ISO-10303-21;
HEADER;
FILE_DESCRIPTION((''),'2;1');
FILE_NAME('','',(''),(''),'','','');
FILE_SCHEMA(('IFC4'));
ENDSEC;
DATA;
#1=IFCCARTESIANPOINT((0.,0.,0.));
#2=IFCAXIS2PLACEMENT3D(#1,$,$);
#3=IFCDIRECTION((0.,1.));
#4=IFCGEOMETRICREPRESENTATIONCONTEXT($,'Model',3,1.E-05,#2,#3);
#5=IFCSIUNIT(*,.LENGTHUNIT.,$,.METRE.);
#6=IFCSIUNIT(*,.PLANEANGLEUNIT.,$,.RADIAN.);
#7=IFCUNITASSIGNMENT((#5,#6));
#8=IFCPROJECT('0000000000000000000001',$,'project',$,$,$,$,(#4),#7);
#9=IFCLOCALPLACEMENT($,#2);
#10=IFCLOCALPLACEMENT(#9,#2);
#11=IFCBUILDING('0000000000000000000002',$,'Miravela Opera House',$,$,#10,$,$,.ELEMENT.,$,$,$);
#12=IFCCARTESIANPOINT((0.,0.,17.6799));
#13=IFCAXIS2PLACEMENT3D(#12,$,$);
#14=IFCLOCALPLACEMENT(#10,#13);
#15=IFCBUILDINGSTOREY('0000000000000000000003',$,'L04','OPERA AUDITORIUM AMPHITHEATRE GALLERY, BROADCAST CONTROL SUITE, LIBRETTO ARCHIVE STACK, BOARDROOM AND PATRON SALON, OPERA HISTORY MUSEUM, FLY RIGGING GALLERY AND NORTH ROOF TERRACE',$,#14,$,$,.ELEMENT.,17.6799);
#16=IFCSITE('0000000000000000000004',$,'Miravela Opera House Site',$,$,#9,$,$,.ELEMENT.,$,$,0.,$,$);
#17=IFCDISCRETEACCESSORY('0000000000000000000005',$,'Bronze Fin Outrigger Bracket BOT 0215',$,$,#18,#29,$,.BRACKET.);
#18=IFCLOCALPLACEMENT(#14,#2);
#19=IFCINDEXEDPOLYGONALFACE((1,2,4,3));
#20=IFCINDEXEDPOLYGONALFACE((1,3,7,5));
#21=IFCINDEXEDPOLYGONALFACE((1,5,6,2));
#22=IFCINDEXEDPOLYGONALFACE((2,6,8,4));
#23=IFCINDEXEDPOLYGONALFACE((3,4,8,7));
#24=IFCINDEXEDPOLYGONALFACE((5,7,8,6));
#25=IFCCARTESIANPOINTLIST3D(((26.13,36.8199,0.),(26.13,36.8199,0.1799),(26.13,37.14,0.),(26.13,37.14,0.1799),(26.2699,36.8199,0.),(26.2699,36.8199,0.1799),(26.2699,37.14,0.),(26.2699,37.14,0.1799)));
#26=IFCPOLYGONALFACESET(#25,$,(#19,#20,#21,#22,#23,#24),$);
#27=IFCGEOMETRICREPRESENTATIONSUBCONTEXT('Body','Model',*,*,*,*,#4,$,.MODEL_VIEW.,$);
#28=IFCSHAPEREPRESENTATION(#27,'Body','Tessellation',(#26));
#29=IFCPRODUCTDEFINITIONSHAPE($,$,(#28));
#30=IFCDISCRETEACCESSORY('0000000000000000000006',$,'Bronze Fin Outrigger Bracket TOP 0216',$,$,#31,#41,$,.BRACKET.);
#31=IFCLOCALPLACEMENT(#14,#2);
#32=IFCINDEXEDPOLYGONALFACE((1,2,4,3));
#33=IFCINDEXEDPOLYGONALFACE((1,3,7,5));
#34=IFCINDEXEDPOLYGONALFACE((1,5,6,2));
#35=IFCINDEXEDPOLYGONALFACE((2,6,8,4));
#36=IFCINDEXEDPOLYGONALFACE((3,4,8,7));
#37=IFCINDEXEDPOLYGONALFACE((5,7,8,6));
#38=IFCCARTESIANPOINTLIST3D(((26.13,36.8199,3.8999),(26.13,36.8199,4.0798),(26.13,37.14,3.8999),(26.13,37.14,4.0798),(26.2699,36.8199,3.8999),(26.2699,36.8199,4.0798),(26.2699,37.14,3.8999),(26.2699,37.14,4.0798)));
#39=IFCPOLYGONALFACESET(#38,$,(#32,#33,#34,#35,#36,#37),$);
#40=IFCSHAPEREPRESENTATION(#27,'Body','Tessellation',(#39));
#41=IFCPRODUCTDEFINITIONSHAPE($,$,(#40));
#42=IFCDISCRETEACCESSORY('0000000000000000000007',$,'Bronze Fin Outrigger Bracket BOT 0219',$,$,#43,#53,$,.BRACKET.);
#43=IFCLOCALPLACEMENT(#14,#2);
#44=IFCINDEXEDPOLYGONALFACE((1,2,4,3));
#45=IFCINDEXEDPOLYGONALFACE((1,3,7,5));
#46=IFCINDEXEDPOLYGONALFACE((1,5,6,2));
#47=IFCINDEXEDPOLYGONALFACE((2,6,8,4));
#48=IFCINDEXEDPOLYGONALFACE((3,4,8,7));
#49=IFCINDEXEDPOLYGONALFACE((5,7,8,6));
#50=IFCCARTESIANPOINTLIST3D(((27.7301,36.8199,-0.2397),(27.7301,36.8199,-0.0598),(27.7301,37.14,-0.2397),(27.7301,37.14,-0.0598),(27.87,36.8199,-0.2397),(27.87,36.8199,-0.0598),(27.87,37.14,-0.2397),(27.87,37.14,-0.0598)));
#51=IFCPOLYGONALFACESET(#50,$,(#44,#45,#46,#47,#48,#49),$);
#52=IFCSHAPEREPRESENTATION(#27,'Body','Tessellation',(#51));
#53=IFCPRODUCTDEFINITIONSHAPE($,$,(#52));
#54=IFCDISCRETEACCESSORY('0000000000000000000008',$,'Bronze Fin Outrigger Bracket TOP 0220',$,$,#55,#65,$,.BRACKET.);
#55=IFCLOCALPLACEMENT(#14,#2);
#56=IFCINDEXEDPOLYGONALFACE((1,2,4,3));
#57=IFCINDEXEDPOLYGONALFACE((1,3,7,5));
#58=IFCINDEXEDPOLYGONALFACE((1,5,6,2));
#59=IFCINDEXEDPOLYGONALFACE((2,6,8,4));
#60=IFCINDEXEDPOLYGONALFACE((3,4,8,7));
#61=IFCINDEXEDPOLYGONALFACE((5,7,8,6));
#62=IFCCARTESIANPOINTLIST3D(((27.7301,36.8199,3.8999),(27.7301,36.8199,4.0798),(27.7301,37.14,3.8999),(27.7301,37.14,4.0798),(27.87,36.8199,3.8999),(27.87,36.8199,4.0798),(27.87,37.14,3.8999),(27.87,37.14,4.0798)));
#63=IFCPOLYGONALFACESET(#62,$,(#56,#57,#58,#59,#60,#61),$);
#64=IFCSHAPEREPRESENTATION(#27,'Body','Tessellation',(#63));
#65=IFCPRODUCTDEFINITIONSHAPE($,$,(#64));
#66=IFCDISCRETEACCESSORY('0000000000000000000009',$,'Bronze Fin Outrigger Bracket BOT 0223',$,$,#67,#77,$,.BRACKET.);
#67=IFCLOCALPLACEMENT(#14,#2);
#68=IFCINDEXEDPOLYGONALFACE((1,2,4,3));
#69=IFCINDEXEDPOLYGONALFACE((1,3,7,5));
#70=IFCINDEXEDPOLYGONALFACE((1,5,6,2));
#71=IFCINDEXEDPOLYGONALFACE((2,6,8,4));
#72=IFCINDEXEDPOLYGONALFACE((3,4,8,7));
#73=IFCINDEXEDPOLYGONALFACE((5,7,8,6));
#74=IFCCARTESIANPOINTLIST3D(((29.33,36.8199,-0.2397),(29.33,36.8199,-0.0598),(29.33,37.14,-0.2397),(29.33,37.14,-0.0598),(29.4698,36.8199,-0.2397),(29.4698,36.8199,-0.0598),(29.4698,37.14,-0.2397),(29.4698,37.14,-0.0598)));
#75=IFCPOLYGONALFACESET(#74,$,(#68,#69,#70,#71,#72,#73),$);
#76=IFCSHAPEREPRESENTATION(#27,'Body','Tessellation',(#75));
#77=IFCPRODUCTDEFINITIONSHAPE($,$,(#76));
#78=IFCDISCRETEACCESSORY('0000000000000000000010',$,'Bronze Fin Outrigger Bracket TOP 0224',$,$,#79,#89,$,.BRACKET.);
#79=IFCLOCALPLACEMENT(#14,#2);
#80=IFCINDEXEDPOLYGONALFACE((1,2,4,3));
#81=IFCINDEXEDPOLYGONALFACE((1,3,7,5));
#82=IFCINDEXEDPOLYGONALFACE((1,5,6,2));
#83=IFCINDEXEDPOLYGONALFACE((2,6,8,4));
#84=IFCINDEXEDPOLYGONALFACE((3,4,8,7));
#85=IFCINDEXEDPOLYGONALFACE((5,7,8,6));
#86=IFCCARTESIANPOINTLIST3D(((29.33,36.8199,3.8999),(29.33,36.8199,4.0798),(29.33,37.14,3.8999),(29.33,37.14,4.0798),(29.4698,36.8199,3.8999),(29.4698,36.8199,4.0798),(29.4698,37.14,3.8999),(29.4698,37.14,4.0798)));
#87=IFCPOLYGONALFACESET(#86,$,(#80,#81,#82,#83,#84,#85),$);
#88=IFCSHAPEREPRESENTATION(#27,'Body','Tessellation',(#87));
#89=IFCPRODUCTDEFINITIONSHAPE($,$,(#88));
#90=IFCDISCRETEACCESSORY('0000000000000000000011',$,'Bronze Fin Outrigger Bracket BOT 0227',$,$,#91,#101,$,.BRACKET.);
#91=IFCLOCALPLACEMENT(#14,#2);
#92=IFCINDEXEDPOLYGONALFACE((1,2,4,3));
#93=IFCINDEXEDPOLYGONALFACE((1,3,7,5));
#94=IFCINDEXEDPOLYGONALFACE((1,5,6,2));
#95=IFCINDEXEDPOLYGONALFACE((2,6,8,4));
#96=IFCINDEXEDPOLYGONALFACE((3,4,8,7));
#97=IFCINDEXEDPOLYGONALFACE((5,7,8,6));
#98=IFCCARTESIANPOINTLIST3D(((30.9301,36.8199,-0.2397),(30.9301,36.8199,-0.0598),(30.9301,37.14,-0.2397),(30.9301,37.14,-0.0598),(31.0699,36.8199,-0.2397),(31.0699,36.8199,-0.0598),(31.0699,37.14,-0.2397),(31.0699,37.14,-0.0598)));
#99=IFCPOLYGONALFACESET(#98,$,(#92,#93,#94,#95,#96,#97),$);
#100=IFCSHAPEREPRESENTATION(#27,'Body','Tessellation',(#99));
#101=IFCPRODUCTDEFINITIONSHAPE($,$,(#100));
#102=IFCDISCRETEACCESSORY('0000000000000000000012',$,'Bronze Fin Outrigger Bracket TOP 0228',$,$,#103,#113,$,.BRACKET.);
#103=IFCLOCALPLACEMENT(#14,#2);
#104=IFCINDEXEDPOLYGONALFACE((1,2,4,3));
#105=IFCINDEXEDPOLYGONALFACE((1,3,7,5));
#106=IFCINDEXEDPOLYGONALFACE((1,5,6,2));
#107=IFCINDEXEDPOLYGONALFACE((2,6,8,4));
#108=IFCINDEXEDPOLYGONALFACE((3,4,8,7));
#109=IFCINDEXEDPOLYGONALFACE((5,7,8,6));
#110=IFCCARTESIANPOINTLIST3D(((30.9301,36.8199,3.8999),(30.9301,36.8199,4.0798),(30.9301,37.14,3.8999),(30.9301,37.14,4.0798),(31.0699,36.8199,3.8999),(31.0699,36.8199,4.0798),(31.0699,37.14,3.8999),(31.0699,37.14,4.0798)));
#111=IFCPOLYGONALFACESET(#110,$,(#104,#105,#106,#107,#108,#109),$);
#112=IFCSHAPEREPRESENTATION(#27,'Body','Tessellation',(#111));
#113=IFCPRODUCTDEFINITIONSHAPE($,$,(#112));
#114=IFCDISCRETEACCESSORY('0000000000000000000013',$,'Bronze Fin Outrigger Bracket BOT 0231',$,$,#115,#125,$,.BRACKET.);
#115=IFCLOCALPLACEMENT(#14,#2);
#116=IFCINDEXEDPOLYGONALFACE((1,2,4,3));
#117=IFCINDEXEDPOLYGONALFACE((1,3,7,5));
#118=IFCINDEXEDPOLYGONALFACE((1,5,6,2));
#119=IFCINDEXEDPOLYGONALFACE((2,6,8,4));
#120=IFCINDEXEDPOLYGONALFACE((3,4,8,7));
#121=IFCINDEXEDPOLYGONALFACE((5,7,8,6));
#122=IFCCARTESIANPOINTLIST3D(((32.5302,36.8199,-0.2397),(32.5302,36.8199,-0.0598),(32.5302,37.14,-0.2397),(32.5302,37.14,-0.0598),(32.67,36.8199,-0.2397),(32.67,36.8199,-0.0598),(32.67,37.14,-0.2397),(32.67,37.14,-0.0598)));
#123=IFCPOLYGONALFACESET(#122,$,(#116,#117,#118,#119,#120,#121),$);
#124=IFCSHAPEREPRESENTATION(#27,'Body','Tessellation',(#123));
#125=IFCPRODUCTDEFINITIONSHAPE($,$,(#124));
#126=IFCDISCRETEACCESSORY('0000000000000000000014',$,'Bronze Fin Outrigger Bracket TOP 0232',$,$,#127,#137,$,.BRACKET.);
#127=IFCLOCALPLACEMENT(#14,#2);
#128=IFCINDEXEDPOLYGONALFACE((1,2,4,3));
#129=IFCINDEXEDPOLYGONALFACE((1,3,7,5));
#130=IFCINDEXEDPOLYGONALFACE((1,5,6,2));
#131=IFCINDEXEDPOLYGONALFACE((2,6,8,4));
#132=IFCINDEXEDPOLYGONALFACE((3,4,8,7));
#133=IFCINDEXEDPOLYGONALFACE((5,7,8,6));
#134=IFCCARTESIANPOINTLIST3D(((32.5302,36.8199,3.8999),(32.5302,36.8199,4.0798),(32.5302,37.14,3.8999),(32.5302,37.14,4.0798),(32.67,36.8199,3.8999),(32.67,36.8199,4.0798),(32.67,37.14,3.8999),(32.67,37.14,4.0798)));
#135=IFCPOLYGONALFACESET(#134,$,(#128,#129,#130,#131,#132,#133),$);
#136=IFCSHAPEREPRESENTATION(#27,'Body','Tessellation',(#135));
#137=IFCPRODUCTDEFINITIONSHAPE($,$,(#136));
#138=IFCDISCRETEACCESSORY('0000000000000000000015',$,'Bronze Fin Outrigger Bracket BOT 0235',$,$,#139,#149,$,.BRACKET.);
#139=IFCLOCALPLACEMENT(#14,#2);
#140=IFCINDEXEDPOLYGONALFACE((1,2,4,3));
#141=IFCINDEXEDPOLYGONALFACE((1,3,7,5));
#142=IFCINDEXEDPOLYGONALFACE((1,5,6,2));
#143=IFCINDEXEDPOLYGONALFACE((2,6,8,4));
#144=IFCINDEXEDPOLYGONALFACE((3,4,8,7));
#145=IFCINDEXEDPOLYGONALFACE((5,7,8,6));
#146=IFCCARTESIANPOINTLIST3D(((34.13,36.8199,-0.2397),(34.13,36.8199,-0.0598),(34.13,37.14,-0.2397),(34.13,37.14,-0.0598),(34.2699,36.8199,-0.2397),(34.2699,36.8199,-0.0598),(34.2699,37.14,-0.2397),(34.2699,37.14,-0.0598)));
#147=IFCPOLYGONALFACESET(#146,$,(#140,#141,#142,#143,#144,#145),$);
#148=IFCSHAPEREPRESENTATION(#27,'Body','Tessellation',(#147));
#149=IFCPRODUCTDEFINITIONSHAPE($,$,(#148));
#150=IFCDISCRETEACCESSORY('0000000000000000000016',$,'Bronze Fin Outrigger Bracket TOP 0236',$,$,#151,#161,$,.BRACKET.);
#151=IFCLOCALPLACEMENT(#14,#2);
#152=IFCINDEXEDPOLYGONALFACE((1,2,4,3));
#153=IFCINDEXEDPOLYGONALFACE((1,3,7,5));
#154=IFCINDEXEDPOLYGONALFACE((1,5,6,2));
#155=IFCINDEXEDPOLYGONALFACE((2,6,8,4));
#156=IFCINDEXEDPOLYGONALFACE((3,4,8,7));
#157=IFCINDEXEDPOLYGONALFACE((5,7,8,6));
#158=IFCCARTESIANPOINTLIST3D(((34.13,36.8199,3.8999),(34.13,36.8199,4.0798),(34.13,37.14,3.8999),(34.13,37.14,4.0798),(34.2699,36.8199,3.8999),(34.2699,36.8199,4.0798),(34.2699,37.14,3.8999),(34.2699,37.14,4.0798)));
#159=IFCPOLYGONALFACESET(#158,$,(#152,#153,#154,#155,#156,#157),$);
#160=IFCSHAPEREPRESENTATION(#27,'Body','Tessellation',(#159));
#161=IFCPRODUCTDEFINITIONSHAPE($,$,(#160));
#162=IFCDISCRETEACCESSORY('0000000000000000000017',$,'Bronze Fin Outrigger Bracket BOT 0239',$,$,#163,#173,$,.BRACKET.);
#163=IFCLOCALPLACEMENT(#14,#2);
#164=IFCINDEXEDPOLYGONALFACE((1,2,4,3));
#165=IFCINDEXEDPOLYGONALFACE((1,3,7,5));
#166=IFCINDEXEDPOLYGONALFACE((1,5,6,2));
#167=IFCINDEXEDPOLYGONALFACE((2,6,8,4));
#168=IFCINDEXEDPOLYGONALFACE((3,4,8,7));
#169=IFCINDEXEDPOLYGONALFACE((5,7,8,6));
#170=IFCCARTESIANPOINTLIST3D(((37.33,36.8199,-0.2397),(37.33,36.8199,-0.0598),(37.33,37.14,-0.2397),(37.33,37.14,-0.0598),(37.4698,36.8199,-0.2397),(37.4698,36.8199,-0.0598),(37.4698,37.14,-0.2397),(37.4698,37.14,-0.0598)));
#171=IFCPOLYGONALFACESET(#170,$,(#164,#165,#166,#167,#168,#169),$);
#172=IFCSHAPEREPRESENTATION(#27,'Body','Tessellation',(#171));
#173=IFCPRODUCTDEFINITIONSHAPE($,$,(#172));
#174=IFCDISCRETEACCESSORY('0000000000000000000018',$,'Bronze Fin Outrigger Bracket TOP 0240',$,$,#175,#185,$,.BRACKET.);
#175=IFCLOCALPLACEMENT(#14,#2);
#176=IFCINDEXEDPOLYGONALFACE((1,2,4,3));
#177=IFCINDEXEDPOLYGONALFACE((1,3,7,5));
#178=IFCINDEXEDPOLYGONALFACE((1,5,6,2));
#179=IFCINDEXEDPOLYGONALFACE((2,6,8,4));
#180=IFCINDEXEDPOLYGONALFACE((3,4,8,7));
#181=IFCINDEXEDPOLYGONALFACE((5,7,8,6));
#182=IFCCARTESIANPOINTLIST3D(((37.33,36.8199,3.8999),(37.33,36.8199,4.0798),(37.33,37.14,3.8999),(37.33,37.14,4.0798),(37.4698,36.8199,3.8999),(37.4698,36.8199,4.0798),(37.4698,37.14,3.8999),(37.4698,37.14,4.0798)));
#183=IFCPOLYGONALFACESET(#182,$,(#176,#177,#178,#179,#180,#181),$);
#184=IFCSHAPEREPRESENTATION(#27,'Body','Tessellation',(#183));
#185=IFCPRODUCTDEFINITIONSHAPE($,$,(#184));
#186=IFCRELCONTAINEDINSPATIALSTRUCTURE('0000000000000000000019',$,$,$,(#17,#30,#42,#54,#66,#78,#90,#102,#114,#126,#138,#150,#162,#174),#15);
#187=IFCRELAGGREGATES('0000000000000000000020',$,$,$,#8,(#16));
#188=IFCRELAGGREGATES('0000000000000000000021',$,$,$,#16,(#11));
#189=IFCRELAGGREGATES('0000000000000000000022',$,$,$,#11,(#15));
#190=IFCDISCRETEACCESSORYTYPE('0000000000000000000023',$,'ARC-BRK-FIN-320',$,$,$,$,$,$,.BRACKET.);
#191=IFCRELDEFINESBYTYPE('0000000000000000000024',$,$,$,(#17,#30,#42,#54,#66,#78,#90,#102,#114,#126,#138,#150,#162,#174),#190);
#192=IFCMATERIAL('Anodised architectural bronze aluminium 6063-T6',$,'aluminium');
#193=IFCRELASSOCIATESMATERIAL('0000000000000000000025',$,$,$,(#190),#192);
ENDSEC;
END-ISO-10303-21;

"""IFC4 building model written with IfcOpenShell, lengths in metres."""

from ifc_helpers import new_model, si_unit, direction, frame, origin, origin_2d, place, context, subcontext, project, spatial, rectangle, extrude, material, type_object, element, save


model = new_model("IFC4")

# Units and contexts
model_context = context("Model", 3, precision=1e-05, world=origin(), true_north=direction((0.0, 1.0)))
body_context = subcontext(model_context, "Body", "Model", "MODEL_VIEW")
ifc_project = project(units=[si_unit("LENGTHUNIT", "METRE"), si_unit("PLANEANGLEUNIT", "RADIAN")], contexts=[model_context])

# Site, building, storey
site_placement = place(None, origin())
site = spatial("IfcSite", under=ifc_project, at=site_placement, Name="Miravela Opera House Site", CompositionType="ELEMENT", RefElevation=0.0)
building_placement = place(site_placement, origin())
building = spatial("IfcBuilding", under=site, at=building_placement, Name="Miravela Opera House", CompositionType="ELEMENT")
storey_placement = place(building_placement, frame((0.0, 0.0, 17.6799)))
storey = spatial("IfcBuildingStorey", under=building, at=storey_placement, Name="L04", Description="OPERA AUDITORIUM AMPHITHEATRE GALLERY, BROADCAST CONTROL SUITE, LIBRETTO ARCHIVE STACK, BOARDROOM AND PATRON SALON, OPERA HISTORY MUSEUM, FLY RIGGING GALLERY AND NORTH ROOF TERRACE", CompositionType="ELEMENT", Elevation=17.6799)

# Shared definitions
ifc_material_1 = material(Name="Anodised architectural bronze aluminium 6063-T6", Category="aluminium")

# Discrete accessories
discrete_accessory_type = type_object("IfcDiscreteAccessoryType", Name="ARC-BRK-FIN-320", PredefinedType="BRACKET", material=ifc_material_1)
for number, where, z_axis, x_axis, name in (
    (1, (26.2, 36.98, 0.0), (0.0, 0.0, 1.0), (0.0, 1.0, 0.0), "Bronze Fin Outrigger Bracket BOT 0215"),
    (2, (26.2, 36.98, 3.8999), (0.0, 0.0, 1.0), (0.0, 1.0, 0.0), "Bronze Fin Outrigger Bracket TOP 0216"),
    (3, (27.8, 36.98, -0.2397), (0.0, 0.0, 1.0), (0.0, 1.0, 0.0), "Bronze Fin Outrigger Bracket BOT 0219"),
    (4, (27.8, 36.98, 3.8999), (0.0, 0.0, 1.0), (0.0, 1.0, 0.0), "Bronze Fin Outrigger Bracket TOP 0220"),
    (5, (29.3999, 36.98, -0.2397), (0.0, 0.0, 1.0), (0.0, 1.0, 0.0), "Bronze Fin Outrigger Bracket BOT 0223"),
    (6, (29.3999, 36.98, 3.8999), (0.0, 0.0, 1.0), (0.0, 1.0, 0.0), "Bronze Fin Outrigger Bracket TOP 0224"),
    (7, (31.0, 36.98, -0.2397), (0.0, 0.0, 1.0), (0.0, 1.0, 0.0), "Bronze Fin Outrigger Bracket BOT 0227"),
    (8, (31.0, 36.98, 3.8999), (0.0, 0.0, 1.0), (0.0, 1.0, 0.0), "Bronze Fin Outrigger Bracket TOP 0228"),
    (9, (32.6001, 36.98, -0.2397), (0.0, 0.0, 1.0), (0.0, 1.0, 0.0), "Bronze Fin Outrigger Bracket BOT 0231"),
    (10, (32.6001, 36.98, 3.8999), (0.0, 0.0, 1.0), (0.0, 1.0, 0.0), "Bronze Fin Outrigger Bracket TOP 0232"),
    (11, (34.2, 36.98, -0.2397), (0.0, 0.0, 1.0), (0.0, 1.0, 0.0), "Bronze Fin Outrigger Bracket BOT 0235"),
    (12, (34.2, 36.98, 3.8999), (0.0, 0.0, 1.0), (0.0, 1.0, 0.0), "Bronze Fin Outrigger Bracket TOP 0236"),
    (13, (37.3999, 36.98, -0.2397), (0.0, 0.0, 1.0), (0.0, 1.0, 0.0), "Bronze Fin Outrigger Bracket BOT 0239"),
    (14, (37.3999, 36.98, 3.8999), (0.0, 0.0, 1.0), (0.0, 1.0, 0.0), "Bronze Fin Outrigger Bracket TOP 0240"),
):
    element("IfcDiscreteAccessory", number, at=place(storey_placement, frame(where, z_axis=z_axis, x_axis=x_axis)), inside=storey, type_object=discrete_accessory_type, Name=name, PredefinedType="BRACKET", context=body_context, shape_type="SweptSolid", body=[
        extrude(rectangle(XDim=0.3201, YDim=0.1399, at=origin_2d()), origin(), (0.0, 0.0, 1.0), 0.1799),
    ])

save(model, "model.ifc")
